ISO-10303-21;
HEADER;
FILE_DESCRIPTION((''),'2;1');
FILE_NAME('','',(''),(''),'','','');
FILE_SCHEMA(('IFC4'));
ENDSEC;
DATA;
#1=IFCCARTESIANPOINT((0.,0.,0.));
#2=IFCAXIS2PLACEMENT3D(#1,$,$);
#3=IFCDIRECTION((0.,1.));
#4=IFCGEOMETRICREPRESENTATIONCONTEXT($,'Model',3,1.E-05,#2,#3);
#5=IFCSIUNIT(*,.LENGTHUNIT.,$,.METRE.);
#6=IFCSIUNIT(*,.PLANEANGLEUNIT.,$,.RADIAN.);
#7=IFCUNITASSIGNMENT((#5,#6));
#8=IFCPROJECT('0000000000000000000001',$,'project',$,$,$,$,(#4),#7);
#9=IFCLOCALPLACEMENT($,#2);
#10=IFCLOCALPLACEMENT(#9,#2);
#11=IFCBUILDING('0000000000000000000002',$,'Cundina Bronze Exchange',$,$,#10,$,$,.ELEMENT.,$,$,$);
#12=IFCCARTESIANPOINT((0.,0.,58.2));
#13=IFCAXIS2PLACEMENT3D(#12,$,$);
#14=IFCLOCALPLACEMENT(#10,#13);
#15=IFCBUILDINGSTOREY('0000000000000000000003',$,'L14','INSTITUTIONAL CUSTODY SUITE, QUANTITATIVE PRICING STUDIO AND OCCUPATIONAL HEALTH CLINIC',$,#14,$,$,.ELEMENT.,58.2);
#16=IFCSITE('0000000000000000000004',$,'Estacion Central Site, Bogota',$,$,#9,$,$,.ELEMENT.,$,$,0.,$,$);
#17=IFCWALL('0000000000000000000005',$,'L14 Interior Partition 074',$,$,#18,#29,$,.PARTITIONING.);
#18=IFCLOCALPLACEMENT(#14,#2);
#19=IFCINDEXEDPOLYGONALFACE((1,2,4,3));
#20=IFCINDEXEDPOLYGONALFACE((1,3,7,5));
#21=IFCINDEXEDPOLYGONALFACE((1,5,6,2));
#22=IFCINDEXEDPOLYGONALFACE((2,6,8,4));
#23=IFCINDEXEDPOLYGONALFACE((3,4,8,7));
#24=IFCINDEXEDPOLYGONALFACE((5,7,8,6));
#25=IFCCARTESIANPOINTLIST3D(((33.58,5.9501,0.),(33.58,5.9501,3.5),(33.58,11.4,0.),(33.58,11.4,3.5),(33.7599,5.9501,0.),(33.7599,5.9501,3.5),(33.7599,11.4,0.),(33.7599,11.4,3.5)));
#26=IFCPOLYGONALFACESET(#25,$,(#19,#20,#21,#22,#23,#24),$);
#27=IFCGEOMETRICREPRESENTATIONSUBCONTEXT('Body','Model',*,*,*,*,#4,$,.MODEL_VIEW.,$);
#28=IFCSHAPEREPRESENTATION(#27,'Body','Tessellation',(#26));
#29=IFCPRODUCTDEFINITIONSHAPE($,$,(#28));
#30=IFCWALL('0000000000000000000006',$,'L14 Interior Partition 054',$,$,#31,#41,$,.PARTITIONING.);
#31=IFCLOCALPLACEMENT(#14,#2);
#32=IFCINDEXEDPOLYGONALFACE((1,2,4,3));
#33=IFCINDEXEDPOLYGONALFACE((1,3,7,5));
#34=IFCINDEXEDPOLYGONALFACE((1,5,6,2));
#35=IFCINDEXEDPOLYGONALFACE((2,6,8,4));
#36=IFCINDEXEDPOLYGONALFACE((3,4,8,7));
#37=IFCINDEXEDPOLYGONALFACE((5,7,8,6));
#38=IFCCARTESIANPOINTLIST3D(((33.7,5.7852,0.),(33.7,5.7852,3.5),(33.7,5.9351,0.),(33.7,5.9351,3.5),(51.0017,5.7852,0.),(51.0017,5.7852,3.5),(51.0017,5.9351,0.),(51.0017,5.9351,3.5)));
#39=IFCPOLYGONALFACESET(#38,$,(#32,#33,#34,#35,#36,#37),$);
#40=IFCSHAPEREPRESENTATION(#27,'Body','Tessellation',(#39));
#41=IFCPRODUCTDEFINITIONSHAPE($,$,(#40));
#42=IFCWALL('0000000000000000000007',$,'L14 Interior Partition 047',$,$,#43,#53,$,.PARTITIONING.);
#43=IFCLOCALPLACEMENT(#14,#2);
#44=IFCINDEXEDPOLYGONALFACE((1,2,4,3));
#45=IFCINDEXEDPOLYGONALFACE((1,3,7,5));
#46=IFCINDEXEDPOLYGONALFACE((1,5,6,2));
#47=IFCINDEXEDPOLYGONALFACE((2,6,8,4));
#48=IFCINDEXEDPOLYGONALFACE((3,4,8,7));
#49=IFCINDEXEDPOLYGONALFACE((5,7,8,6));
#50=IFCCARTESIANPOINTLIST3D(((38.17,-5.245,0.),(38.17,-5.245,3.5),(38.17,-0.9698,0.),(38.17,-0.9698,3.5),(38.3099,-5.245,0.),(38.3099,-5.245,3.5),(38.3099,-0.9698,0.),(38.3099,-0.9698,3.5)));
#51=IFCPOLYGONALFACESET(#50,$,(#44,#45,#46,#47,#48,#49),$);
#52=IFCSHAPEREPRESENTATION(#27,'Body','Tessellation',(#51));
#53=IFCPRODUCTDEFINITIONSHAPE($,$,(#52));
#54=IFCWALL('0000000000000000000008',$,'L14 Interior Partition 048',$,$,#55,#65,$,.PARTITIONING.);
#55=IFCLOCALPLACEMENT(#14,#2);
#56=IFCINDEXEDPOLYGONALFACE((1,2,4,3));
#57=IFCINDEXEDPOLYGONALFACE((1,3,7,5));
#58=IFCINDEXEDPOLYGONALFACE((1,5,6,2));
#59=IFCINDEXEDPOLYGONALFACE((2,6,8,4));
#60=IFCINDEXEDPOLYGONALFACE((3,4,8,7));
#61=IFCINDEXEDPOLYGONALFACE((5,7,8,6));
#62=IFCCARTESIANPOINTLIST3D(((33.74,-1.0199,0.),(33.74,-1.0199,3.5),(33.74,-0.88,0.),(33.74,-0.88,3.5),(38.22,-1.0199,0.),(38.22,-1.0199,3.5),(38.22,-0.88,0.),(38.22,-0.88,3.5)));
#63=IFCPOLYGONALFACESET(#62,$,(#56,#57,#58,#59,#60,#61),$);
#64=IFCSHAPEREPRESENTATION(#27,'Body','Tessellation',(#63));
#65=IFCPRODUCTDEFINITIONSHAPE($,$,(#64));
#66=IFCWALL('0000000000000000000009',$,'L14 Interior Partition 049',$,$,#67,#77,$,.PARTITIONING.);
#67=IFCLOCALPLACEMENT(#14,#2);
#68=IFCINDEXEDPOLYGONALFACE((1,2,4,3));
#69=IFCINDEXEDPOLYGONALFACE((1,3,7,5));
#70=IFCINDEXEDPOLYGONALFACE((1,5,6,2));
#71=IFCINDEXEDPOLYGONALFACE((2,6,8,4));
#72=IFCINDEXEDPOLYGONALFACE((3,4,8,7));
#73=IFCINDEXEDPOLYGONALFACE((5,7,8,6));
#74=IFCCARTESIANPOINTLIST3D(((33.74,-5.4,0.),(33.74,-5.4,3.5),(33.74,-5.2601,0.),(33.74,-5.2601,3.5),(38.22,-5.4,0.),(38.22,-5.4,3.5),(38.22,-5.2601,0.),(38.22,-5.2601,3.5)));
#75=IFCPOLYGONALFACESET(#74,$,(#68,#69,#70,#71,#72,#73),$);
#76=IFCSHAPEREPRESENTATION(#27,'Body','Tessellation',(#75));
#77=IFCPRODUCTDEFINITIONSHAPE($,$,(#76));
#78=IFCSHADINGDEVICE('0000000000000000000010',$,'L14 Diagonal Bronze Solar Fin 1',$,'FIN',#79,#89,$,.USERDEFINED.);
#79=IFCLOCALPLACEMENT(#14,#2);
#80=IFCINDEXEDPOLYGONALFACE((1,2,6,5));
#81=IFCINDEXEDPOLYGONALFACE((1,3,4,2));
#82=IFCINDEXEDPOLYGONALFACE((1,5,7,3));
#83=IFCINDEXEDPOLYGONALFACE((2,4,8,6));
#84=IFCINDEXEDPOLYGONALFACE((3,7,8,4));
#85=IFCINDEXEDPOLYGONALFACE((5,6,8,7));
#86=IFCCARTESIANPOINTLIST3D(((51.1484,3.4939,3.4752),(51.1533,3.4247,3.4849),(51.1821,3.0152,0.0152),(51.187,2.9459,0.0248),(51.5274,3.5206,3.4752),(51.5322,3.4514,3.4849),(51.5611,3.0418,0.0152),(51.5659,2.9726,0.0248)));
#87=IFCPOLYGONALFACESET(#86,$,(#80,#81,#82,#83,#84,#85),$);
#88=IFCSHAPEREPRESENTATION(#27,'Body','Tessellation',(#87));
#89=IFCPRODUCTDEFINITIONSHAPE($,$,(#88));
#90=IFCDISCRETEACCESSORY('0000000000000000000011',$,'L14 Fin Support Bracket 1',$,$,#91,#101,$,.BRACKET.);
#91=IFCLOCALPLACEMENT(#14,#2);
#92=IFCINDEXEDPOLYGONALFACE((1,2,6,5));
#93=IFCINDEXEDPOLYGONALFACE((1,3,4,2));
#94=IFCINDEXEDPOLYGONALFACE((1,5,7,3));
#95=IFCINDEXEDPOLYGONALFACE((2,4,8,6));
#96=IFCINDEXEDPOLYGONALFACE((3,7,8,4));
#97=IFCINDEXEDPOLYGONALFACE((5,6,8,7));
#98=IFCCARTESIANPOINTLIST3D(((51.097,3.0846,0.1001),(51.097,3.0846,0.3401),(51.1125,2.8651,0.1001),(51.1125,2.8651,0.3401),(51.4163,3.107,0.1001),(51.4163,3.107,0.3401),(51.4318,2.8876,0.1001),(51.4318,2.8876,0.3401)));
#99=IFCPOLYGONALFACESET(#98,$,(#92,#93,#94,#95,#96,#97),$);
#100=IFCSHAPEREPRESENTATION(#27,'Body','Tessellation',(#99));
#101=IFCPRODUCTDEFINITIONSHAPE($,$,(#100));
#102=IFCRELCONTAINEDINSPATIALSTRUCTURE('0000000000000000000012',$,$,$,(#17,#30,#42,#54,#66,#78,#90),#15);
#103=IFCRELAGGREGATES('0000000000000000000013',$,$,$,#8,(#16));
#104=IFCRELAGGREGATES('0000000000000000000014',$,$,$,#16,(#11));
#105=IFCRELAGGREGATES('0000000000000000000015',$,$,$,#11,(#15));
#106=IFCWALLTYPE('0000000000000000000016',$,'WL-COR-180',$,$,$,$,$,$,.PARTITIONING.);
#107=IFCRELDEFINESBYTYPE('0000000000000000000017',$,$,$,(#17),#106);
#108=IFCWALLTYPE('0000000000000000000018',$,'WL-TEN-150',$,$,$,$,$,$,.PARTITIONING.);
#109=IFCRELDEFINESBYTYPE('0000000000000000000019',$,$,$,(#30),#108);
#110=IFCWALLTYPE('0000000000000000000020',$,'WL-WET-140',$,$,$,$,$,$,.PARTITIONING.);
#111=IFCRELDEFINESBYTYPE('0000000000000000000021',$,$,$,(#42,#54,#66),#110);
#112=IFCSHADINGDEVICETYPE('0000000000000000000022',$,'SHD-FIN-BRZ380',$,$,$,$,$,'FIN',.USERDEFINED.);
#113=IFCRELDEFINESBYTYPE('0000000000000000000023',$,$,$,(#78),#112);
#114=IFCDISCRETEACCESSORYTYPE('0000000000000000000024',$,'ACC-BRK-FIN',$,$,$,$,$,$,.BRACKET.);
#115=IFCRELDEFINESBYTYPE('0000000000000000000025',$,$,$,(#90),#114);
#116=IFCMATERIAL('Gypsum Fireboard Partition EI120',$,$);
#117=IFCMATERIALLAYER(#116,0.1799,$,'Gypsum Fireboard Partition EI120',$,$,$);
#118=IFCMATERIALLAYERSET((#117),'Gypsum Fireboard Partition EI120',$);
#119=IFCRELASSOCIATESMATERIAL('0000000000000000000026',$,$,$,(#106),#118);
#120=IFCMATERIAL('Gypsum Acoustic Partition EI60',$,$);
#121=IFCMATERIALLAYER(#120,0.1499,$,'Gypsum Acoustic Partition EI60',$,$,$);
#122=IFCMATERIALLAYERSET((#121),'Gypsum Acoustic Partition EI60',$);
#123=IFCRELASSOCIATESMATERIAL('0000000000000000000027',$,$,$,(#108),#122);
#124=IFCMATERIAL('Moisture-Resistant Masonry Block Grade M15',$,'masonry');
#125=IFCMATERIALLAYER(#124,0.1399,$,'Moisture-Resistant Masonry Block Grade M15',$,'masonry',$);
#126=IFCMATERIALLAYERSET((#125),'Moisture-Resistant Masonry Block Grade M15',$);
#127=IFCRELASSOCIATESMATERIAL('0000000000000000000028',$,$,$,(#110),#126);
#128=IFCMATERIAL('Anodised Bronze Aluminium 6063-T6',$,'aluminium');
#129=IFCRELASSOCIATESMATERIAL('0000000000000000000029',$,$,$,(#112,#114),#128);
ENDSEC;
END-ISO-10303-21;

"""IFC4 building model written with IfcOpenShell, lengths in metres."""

from ifc_helpers import new_model, si_unit, direction, frame, frame_2d, origin, origin_2d, place, context, subcontext, project, spatial, rectangle, extrude, material, layer, layer_set, material_profile, profile_set, type_object, element, save


model = new_model("IFC4")

# Units and contexts
model_context = context("Model", 3, precision=1e-05, world=origin(), true_north=direction((0.0, 1.0)))
body_context = subcontext(model_context, "Body", "Model", "MODEL_VIEW")
ifc_project = project(units=[si_unit("LENGTHUNIT", "METRE"), si_unit("PLANEANGLEUNIT", "RADIAN")], contexts=[model_context])

# Site, building, storey
site_placement = place(None, origin())
site = spatial("IfcSite", under=ifc_project, at=site_placement, Name="Estacion Central Site, Bogota", CompositionType="ELEMENT", RefElevation=0.0)
building_placement = place(site_placement, origin())
building = spatial("IfcBuilding", under=site, at=building_placement, Name="Cundina Bronze Exchange", CompositionType="ELEMENT")
storey_placement = place(building_placement, frame((0.0, 0.0, 58.2)))
storey = spatial("IfcBuildingStorey", under=building, at=storey_placement, Name="L14", Description="INSTITUTIONAL CUSTODY SUITE, QUANTITATIVE PRICING STUDIO AND OCCUPATIONAL HEALTH CLINIC", CompositionType="ELEMENT", Elevation=58.2)

# Shared definitions
ifc_material_1 = material(Name="Anodised Bronze Aluminium 6063-T6", Category="aluminium")

# Shared definitions
ifc_material_2 = material(Name="Gypsum Fireboard Partition EI120")
ifc_layer_1 = layer(ifc_material_2, 0.1799, Name="Gypsum Fireboard Partition EI120")
ifc_layer_set_1 = layer_set([ifc_layer_1], Name="Gypsum Fireboard Partition EI120")
wall_type_1 = type_object("IfcWallType", Name="WL-COR-180", PredefinedType="PARTITIONING", material=ifc_layer_set_1)

# Walls
wall_1_placement = place(storey_placement, frame((33.6699, 5.95, 0.0), z_axis=(0.0, 0.0, 1.0), x_axis=(0.0, 1.0, 0.0)))
element("IfcWall", 1, at=wall_1_placement, inside=storey, type_object=wall_type_1, Name="L14 Interior Partition 074", PredefinedType="PARTITIONING", context=body_context, shape_type="SweptSolid", body=[
    extrude(rectangle(XDim=5.45, YDim=0.1799, at=frame_2d((2.7251, 0.0))), origin(), (0.0, 0.0, 1.0), 3.5),
])
ifc_material_3 = material(Name="Gypsum Acoustic Partition EI60")
ifc_layer_2 = layer(ifc_material_3, 0.1499, Name="Gypsum Acoustic Partition EI60")
ifc_layer_set_2 = layer_set([ifc_layer_2], Name="Gypsum Acoustic Partition EI60")
wall_type_2 = type_object("IfcWallType", Name="WL-TEN-150", PredefinedType="PARTITIONING", material=ifc_layer_set_2)
wall_2_placement = place(storey_placement, frame((33.7, 5.8601, 0.0), z_axis=(0.0, 0.0, 1.0), x_axis=(1.0, 0.0, 0.0)))
element("IfcWall", 2, at=wall_2_placement, inside=storey, type_object=wall_type_2, Name="L14 Interior Partition 054", PredefinedType="PARTITIONING", context=body_context, shape_type="SweptSolid", body=[
    extrude(rectangle(XDim=17.3018, YDim=0.1499, at=frame_2d((8.6509, 0.0))), origin(), (0.0, 0.0, 1.0), 3.5),
])
ifc_material_4 = material(Name="Moisture-Resistant Masonry Block Grade M15", Category="masonry")
ifc_layer_3 = layer(ifc_material_4, 0.1399, Name="Moisture-Resistant Masonry Block Grade M15", Category="masonry")
ifc_layer_set_3 = layer_set([ifc_layer_3], Name="Moisture-Resistant Masonry Block Grade M15")
wall_type_3 = type_object("IfcWallType", Name="WL-WET-140", PredefinedType="PARTITIONING", material=ifc_layer_set_3)
wall_3_placement = place(storey_placement, frame((38.24, -5.2451, 0.0), z_axis=(0.0, 0.0, 1.0), x_axis=(0.0, 1.0, 0.0)))
element("IfcWall", 3, at=wall_3_placement, inside=storey, type_object=wall_type_3, Name="L14 Interior Partition 047", PredefinedType="PARTITIONING", context=body_context, shape_type="SweptSolid", body=[
    extrude(rectangle(XDim=4.2751, YDim=0.1399, at=frame_2d((2.1377, 0.0))), origin(), (0.0, 0.0, 1.0), 3.5),
])
for number, where, z_axis, x_axis, name in (
    (4, (33.74, -0.95, 0.0), (0.0, 0.0, 1.0), (1.0, 0.0, 0.0), "L14 Interior Partition 048"),
    (5, (33.74, -5.3301, 0.0), (0.0, 0.0, 1.0), (1.0, 0.0, 0.0), "L14 Interior Partition 049"),
):
    element("IfcWall", number, at=place(storey_placement, frame(where, z_axis=z_axis, x_axis=x_axis)), inside=storey, type_object=wall_type_3, Name=name, PredefinedType="PARTITIONING", context=body_context, shape_type="SweptSolid", body=[
        extrude(rectangle(XDim=4.48, YDim=0.1399, at=frame_2d((2.24, 0.0))), origin(), (0.0, 0.0, 1.0), 3.5),
    ])

# Shading device
ifc_material_profile_1 = material_profile(ifc_material_1, rectangle(XDim=0.0701, YDim=0.3799, at=origin_2d()), Name="FIN70X380", Category="aluminium")
ifc_profile_set_1 = profile_set([ifc_material_profile_1], Name="Anodised Bronze Aluminium 6063-T6")
shading_device_type = type_object("IfcShadingDeviceType", Name="SHD-FIN-BRZ380", ElementType="FIN", PredefinedType="USERDEFINED", material=ifc_profile_set_1)
shading_device_placement = place(storey_placement, frame((51.374, 2.9939, 0.02), z_axis=(-0.009645, 0.137059, 0.990516), x_axis=(0.069533, -0.988072, 0.137398)))
element("IfcShadingDevice", 6, at=shading_device_placement, inside=storey, type_object=shading_device_type, Name="L14 Diagonal Bronze Solar Fin 1", ObjectType="FIN", PredefinedType="USERDEFINED", context=body_context, shape_type="SweptSolid", body=[
    extrude(rectangle(XDim=0.0701, YDim=0.3799, at=origin_2d()), origin(), (0.0, 0.0, 1.0), 3.4932),
])

# Discrete accessory
discrete_accessory_type = type_object("IfcDiscreteAccessoryType", Name="ACC-BRK-FIN", PredefinedType="BRACKET", material=ifc_material_1)
discrete_accessory_placement = place(storey_placement, frame((51.2644, 2.9861, 0.1001), z_axis=(0.0, 0.0, 1.0), x_axis=(-0.070279, 0.997527, 0.0)))
element("IfcDiscreteAccessory", 7, at=discrete_accessory_placement, inside=storey, type_object=discrete_accessory_type, Name="L14 Fin Support Bracket 1", PredefinedType="BRACKET", context=body_context, shape_type="SweptSolid", body=[
    extrude(rectangle(XDim=0.22, YDim=0.3201, at=origin_2d()), origin(), (0.0, 0.0, 1.0), 0.24),
])

save(model, "model.ifc")
